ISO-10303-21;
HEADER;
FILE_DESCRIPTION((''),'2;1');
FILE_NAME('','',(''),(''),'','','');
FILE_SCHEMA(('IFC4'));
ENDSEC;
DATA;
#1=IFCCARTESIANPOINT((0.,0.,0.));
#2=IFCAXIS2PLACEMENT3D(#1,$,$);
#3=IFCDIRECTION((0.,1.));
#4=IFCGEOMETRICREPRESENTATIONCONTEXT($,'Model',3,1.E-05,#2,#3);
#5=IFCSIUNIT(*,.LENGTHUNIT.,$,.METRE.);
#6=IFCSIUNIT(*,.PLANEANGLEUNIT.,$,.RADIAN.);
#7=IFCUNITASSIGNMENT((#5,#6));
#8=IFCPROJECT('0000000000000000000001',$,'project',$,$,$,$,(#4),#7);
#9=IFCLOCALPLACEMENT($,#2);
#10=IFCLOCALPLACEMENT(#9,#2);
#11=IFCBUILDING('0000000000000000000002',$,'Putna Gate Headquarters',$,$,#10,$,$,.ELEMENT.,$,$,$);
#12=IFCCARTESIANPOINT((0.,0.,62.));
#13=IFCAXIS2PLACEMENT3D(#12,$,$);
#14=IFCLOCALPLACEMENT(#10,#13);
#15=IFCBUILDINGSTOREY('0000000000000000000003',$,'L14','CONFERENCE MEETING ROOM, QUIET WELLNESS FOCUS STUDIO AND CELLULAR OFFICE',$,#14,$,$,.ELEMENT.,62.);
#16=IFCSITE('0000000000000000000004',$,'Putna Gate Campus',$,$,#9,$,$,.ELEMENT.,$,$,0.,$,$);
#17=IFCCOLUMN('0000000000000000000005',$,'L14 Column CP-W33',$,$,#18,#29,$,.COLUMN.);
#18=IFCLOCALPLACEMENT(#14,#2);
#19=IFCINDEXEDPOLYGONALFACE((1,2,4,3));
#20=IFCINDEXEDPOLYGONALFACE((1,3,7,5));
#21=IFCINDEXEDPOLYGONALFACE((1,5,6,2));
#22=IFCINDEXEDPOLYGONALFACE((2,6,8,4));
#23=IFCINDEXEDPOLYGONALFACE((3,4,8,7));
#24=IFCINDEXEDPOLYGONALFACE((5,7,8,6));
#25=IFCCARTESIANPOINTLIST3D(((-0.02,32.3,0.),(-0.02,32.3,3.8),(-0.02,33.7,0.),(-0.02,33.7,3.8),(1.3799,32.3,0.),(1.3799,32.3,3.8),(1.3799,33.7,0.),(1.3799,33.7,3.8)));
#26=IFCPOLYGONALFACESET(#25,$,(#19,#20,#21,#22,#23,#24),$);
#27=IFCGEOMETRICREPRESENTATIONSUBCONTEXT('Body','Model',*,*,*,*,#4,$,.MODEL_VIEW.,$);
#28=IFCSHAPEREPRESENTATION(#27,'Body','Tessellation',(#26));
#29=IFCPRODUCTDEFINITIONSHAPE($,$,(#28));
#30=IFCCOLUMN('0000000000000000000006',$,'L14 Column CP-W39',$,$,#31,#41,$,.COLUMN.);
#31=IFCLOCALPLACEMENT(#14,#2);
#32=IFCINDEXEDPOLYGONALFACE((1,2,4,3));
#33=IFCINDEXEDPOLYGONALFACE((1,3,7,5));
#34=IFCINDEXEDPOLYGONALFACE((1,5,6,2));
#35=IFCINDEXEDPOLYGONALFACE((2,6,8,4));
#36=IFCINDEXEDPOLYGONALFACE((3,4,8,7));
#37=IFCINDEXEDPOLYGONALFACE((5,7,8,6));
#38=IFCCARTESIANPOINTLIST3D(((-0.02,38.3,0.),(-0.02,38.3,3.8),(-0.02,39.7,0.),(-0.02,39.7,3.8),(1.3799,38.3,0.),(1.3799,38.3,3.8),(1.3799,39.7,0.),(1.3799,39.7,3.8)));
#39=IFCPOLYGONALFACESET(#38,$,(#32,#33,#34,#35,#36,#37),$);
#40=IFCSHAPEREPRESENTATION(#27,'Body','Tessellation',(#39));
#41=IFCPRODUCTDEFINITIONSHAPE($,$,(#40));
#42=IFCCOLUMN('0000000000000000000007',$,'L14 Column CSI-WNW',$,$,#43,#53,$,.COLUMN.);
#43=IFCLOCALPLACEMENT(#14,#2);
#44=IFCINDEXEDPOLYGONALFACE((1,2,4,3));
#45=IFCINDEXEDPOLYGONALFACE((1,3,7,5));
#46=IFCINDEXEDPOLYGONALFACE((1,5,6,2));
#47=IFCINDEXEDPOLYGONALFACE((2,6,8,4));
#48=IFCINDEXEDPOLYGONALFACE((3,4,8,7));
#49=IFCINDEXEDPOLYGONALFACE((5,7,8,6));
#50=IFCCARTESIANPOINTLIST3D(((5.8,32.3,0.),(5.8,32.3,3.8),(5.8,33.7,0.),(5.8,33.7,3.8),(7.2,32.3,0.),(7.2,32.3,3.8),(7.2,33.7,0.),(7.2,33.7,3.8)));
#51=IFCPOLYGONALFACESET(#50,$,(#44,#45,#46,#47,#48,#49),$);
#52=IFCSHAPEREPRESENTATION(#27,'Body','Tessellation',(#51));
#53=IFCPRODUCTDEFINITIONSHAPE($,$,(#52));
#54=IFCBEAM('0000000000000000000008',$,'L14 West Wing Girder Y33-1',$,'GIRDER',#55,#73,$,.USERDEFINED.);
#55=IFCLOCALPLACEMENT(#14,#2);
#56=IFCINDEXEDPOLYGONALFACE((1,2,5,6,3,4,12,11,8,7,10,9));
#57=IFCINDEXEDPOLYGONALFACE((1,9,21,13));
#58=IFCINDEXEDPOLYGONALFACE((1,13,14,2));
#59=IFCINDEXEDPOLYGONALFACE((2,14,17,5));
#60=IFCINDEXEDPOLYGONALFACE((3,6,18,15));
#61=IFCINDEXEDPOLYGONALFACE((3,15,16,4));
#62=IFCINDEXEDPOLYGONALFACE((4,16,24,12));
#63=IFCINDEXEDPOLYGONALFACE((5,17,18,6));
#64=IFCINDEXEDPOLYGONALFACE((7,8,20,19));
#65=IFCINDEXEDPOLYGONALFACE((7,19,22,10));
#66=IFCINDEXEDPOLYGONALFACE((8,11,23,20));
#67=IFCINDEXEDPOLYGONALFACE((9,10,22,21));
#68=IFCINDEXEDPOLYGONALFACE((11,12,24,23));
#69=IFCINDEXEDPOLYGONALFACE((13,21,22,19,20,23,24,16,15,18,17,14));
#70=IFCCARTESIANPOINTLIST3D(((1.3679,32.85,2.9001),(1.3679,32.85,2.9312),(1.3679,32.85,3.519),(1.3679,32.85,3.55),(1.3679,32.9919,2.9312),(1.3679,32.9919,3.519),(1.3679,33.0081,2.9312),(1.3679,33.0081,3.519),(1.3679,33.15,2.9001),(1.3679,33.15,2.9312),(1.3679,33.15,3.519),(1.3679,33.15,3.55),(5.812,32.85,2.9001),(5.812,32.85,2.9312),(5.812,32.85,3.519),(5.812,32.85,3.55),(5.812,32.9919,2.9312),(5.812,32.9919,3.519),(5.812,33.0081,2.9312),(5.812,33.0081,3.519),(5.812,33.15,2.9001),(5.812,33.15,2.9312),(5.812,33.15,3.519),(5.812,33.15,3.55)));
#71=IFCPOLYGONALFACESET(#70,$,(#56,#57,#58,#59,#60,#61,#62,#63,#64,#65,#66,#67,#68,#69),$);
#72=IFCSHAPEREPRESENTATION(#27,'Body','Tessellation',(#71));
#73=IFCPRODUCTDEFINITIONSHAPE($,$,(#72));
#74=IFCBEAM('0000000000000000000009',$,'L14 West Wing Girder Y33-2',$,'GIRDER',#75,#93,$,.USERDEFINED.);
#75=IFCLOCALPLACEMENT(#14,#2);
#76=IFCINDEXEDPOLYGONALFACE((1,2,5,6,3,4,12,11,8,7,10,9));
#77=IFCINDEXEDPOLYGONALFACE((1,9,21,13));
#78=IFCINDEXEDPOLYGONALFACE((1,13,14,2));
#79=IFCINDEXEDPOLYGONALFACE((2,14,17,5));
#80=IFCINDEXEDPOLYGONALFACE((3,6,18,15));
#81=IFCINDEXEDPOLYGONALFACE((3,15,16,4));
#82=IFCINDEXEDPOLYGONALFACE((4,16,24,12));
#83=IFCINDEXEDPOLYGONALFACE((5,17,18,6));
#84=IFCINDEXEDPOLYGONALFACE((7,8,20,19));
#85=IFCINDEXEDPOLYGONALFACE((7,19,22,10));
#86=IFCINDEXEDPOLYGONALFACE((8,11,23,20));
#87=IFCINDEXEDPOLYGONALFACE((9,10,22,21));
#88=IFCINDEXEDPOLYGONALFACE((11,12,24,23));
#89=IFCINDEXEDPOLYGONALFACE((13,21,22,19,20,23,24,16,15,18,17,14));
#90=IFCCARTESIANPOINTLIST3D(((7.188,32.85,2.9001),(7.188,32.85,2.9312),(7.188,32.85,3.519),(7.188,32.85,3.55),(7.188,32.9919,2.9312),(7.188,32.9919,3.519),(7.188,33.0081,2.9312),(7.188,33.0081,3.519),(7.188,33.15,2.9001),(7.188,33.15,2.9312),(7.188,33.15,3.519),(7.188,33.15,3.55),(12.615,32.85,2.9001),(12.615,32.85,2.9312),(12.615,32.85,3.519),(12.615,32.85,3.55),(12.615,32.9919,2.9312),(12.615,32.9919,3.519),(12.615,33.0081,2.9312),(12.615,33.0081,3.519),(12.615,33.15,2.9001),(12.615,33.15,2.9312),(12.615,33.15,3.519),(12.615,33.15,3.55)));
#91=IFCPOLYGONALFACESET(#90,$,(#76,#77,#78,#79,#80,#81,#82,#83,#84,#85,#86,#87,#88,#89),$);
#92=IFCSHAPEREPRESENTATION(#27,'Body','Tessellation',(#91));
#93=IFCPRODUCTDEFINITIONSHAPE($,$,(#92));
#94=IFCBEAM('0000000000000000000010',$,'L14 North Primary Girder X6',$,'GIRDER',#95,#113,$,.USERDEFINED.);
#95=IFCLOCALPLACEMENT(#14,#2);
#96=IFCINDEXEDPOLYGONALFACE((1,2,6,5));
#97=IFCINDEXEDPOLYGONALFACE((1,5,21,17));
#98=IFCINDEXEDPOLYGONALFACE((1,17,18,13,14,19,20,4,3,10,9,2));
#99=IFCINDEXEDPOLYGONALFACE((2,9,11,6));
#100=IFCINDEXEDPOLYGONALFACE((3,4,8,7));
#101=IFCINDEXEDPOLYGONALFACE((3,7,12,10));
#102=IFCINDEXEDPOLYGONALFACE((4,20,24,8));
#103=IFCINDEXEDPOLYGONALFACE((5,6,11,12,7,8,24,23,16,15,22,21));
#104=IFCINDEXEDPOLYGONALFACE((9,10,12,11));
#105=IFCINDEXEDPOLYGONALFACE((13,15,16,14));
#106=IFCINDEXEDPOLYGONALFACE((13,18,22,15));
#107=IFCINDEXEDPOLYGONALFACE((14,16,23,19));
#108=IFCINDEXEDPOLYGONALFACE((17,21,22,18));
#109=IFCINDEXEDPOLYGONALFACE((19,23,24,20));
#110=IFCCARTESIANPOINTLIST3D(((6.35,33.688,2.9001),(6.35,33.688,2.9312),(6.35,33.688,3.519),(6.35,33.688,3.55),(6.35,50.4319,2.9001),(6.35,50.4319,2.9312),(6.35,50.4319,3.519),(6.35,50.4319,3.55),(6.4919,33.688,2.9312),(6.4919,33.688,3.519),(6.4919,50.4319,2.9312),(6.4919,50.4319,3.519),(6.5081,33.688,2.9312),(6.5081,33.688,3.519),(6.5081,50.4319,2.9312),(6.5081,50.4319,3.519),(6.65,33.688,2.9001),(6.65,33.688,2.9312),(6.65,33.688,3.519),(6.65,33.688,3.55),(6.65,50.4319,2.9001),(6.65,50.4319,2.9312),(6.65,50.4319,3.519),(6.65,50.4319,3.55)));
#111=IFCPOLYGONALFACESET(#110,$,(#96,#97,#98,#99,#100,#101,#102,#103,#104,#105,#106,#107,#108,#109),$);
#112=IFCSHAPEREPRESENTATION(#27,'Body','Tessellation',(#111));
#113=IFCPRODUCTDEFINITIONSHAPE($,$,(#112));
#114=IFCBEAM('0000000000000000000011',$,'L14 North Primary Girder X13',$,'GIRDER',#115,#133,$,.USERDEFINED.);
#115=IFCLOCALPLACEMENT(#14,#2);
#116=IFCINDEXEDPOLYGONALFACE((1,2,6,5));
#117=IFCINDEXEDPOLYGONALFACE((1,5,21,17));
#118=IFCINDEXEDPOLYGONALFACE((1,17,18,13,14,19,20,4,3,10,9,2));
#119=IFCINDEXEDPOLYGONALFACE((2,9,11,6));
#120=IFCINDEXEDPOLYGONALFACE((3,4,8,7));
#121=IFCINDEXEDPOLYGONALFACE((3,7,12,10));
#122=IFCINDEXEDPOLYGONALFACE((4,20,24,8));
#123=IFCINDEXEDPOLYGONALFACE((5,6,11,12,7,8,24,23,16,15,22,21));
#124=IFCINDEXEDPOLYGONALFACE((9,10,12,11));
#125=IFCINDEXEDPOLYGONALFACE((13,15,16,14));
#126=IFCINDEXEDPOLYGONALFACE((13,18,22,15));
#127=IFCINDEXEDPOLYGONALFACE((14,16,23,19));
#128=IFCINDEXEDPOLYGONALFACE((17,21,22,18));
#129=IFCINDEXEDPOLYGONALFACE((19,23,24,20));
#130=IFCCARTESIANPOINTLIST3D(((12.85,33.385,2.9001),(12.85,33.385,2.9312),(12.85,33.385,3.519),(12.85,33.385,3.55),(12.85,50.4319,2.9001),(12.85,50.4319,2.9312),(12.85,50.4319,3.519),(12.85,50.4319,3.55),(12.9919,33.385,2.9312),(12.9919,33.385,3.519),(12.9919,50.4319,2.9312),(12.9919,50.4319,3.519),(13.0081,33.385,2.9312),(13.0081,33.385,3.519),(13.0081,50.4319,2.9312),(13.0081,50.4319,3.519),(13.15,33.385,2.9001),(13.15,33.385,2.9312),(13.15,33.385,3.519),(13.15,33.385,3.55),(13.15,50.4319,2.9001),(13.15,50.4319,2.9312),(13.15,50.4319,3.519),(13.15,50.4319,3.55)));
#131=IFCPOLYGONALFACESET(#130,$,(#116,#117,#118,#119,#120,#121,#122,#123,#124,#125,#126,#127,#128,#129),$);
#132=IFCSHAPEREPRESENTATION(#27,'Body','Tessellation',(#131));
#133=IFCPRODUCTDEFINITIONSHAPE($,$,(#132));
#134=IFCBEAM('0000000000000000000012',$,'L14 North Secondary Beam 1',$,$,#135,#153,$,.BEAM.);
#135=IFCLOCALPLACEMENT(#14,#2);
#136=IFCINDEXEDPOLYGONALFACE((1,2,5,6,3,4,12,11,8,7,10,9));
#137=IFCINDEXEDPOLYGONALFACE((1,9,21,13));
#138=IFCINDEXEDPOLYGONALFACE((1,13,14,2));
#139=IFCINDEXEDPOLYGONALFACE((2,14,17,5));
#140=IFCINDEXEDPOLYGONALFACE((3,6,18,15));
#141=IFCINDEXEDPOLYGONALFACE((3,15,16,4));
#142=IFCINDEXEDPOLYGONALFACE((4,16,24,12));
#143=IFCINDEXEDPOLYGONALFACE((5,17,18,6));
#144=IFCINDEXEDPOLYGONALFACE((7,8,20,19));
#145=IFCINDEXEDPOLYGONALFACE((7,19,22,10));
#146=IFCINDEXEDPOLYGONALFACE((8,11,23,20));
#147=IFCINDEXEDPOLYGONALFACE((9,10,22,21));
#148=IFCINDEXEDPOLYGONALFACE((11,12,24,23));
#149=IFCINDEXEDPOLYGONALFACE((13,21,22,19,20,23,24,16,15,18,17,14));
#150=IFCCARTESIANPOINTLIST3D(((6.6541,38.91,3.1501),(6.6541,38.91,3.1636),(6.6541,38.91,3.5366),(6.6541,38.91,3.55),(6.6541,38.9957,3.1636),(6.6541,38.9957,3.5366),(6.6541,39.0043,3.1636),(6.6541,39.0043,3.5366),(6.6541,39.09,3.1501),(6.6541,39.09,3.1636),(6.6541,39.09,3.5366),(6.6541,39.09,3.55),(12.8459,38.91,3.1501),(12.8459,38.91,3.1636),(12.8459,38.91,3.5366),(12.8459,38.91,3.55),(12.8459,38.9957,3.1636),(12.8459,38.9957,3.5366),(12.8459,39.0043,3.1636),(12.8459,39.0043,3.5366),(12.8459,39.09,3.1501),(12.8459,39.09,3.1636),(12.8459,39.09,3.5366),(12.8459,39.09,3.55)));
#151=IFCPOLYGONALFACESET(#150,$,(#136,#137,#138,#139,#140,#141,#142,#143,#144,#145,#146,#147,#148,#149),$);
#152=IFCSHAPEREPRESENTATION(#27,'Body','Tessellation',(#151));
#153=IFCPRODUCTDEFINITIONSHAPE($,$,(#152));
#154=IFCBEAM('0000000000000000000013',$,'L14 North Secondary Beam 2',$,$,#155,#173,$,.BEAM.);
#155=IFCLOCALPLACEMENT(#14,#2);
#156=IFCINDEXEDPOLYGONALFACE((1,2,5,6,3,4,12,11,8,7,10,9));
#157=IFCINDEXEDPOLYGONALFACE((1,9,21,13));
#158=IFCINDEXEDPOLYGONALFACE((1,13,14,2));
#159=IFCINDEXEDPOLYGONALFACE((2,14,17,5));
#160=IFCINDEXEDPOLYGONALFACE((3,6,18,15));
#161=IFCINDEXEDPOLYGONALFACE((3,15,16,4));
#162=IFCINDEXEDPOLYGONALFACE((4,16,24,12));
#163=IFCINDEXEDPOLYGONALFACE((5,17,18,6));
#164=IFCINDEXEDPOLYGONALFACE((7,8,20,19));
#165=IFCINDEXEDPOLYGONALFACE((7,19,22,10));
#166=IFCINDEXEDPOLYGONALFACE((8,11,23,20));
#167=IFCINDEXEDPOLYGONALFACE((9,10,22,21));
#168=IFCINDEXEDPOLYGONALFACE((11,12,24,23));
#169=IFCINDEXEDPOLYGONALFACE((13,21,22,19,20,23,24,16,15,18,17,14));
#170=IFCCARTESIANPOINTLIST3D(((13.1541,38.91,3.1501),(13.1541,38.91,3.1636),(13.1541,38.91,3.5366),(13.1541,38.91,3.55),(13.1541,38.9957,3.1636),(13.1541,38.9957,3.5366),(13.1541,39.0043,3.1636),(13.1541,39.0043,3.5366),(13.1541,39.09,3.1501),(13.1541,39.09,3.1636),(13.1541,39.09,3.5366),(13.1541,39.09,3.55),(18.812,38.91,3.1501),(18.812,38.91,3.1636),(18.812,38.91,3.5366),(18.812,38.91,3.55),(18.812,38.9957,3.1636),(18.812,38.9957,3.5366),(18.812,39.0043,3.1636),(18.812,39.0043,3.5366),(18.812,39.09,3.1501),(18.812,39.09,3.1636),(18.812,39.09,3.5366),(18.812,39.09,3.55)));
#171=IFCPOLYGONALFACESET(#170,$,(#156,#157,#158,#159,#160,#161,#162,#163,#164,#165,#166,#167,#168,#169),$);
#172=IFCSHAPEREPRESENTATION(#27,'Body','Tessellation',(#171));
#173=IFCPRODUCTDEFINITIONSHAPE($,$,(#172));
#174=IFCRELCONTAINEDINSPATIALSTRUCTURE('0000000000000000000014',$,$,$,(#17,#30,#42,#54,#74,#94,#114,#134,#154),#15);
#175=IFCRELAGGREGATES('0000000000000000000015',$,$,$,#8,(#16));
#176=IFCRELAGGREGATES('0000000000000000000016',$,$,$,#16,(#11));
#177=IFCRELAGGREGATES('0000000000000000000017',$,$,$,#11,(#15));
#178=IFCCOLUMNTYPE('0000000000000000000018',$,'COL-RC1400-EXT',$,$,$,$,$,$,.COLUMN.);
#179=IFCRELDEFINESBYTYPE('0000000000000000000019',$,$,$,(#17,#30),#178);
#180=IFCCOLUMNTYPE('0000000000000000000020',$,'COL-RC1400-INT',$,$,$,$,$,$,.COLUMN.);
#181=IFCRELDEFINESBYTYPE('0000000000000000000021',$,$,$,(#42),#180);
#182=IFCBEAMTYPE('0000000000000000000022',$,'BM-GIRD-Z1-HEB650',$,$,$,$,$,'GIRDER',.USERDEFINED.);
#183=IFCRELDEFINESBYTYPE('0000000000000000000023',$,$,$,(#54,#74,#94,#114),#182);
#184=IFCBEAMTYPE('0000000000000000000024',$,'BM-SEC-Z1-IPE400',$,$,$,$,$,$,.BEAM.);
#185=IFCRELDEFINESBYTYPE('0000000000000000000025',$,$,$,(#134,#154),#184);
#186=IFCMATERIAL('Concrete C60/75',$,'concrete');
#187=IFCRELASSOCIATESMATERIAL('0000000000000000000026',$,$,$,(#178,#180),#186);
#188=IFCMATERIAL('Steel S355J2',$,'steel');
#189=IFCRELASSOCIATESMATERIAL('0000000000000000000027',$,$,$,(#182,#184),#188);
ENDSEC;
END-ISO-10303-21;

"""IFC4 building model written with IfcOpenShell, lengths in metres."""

from ifc_helpers import new_model, si_unit, direction, frame, origin, origin_2d, place, context, subcontext, project, spatial, rectangle, i_section, extrude, material, material_profile, profile_set, type_object, element, save


model = new_model("IFC4")

# Units and contexts
model_context = context("Model", 3, precision=1e-05, world=origin(), true_north=direction((0.0, 1.0)))
body_context = subcontext(model_context, "Body", "Model", "MODEL_VIEW")
ifc_project = project(units=[si_unit("LENGTHUNIT", "METRE"), si_unit("PLANEANGLEUNIT", "RADIAN")], contexts=[model_context])

# Site, building, storey
site_placement = place(None, origin())
site = spatial("IfcSite", under=ifc_project, at=site_placement, Name="Putna Gate Campus", CompositionType="ELEMENT", RefElevation=0.0)
building_placement = place(site_placement, origin())
building = spatial("IfcBuilding", under=site, at=building_placement, Name="Putna Gate Headquarters", CompositionType="ELEMENT")
storey_placement = place(building_placement, frame((0.0, 0.0, 62.0)))
storey = spatial("IfcBuildingStorey", under=building, at=storey_placement, Name="L14", Description="CONFERENCE MEETING ROOM, QUIET WELLNESS FOCUS STUDIO AND CELLULAR OFFICE", CompositionType="ELEMENT", Elevation=62.0)

# Columns
ifc_material_1 = material(Name="Concrete C60/75", Category="concrete")
ifc_material_profile_1 = material_profile(ifc_material_1, rectangle(XDim=1.3999, YDim=1.3999, at=origin_2d()), Name="Concrete C60/75")
ifc_profile_set_1 = profile_set([ifc_material_profile_1], Name="Concrete C60/75")
column_type_1 = type_object("IfcColumnType", Name="COL-RC1400-EXT", PredefinedType="COLUMN", material=ifc_profile_set_1)
for number, where, z_axis, x_axis, name in (
    (1, (0.6799, 33.0, 0.0), (0.0, 0.0, 1.0), (1.0, 0.0, 0.0), "L14 Column CP-W33"),
    (2, (0.6799, 39.0, 0.0), (0.0, 0.0, 1.0), (1.0, 0.0, 0.0), "L14 Column CP-W39"),
):
    element("IfcColumn", number, at=place(storey_placement, frame(where, z_axis=z_axis, x_axis=x_axis)), inside=storey, type_object=column_type_1, Name=name, PredefinedType="COLUMN", context=body_context, shape_type="SweptSolid", body=[
        extrude(rectangle(XDim=1.3999, YDim=1.3999, at=origin_2d()), origin(), (0.0, 0.0, 1.0), 3.8),
    ])
ifc_material_profile_2 = material_profile(ifc_material_1, rectangle(XDim=1.3999, YDim=1.3999, at=origin_2d()), Name="Concrete C60/75")
ifc_profile_set_2 = profile_set([ifc_material_profile_2], Name="Concrete C60/75")
column_type_2 = type_object("IfcColumnType", Name="COL-RC1400-INT", PredefinedType="COLUMN", material=ifc_profile_set_2)
column_placement = place(storey_placement, frame((6.5, 33.0, 0.0), z_axis=(0.0, 0.0, 1.0), x_axis=(1.0, 0.0, 0.0)))
element("IfcColumn", 3, at=column_placement, inside=storey, type_object=column_type_2, Name="L14 Column CSI-WNW", PredefinedType="COLUMN", context=body_context, shape_type="SweptSolid", body=[
    extrude(rectangle(XDim=1.3999, YDim=1.3999, at=origin_2d()), origin(), (0.0, 0.0, 1.0), 3.8),
])

# Beams
ifc_material_2 = material(Name="Steel S355J2", Category="steel")
ifc_material_profile_3 = material_profile(ifc_material_2, i_section(OverallWidth=0.3, OverallDepth=0.6499, WebThickness=0.0161, FlangeThickness=0.031, at=origin_2d()), Name="Steel S355J2")
ifc_profile_set_3 = profile_set([ifc_material_profile_3], Name="Steel S355J2")
beam_type_1 = type_object("IfcBeamType", Name="BM-GIRD-Z1-HEB650", ElementType="GIRDER", PredefinedType="USERDEFINED", material=ifc_profile_set_3)
beam_1_placement = place(storey_placement, frame((1.3679, 33.0, 3.2251), z_axis=(1.0, 0.0, 0.0), x_axis=(0.0, 1.0, 0.0)))
element("IfcBeam", 4, at=beam_1_placement, inside=storey, type_object=beam_type_1, Name="L14 West Wing Girder Y33-1", ObjectType="GIRDER", PredefinedType="USERDEFINED", context=body_context, shape_type="SweptSolid", body=[
    extrude(i_section(OverallWidth=0.3, OverallDepth=0.6499, WebThickness=0.0161, FlangeThickness=0.031, at=origin_2d()), origin(), (0.0, 0.0, 1.0), 4.4441),
])
beam_2_placement = place(storey_placement, frame((7.188, 33.0, 3.2251), z_axis=(1.0, 0.0, 0.0), x_axis=(0.0, 1.0, 0.0)))
element("IfcBeam", 5, at=beam_2_placement, inside=storey, type_object=beam_type_1, Name="L14 West Wing Girder Y33-2", ObjectType="GIRDER", PredefinedType="USERDEFINED", context=body_context, shape_type="SweptSolid", body=[
    extrude(i_section(OverallWidth=0.3, OverallDepth=0.6499, WebThickness=0.0161, FlangeThickness=0.031, at=origin_2d()), origin(), (0.0, 0.0, 1.0), 5.427),
])
beam_3_placement = place(storey_placement, frame((6.5, 33.688, 3.2251), z_axis=(0.0, 1.0, 0.0), x_axis=(-1.0, 0.0, 0.0)))
element("IfcBeam", 6, at=beam_3_placement, inside=storey, type_object=beam_type_1, Name="L14 North Primary Girder X6", ObjectType="GIRDER", PredefinedType="USERDEFINED", context=body_context, shape_type="SweptSolid", body=[
    extrude(i_section(OverallWidth=0.3, OverallDepth=0.6499, WebThickness=0.0161, FlangeThickness=0.031, at=origin_2d()), origin(), (0.0, 0.0, 1.0), 16.7439),
])
beam_4_placement = place(storey_placement, frame((13.0, 33.385, 3.2251), z_axis=(0.0, 1.0, 0.0), x_axis=(-1.0, 0.0, 0.0)))
element("IfcBeam", 7, at=beam_4_placement, inside=storey, type_object=beam_type_1, Name="L14 North Primary Girder X13", ObjectType="GIRDER", PredefinedType="USERDEFINED", context=body_context, shape_type="SweptSolid", body=[
    extrude(i_section(OverallWidth=0.3, OverallDepth=0.6499, WebThickness=0.0161, FlangeThickness=0.031, at=origin_2d()), origin(), (0.0, 0.0, 1.0), 17.0469),
])
ifc_material_profile_4 = material_profile(ifc_material_2, i_section(OverallWidth=0.1799, OverallDepth=0.3999, WebThickness=0.0085, FlangeThickness=0.0134, at=origin_2d()), Name="Steel S355J2")
ifc_profile_set_4 = profile_set([ifc_material_profile_4], Name="Steel S355J2")
beam_type_2 = type_object("IfcBeamType", Name="BM-SEC-Z1-IPE400", PredefinedType="BEAM", material=ifc_profile_set_4)
beam_5_placement = place(storey_placement, frame((6.6541, 39.0, 3.3501), z_axis=(1.0, 0.0, 0.0), x_axis=(0.0, 1.0, 0.0)))
element("IfcBeam", 8, at=beam_5_placement, inside=storey, type_object=beam_type_2, Name="L14 North Secondary Beam 1", PredefinedType="BEAM", context=body_context, shape_type="SweptSolid", body=[
    extrude(i_section(OverallWidth=0.1799, OverallDepth=0.3999, WebThickness=0.0085, FlangeThickness=0.0134, at=origin_2d()), origin(), (0.0, 0.0, 1.0), 6.1919),
])
beam_6_placement = place(storey_placement, frame((13.1541, 39.0, 3.3501), z_axis=(1.0, 0.0, 0.0), x_axis=(0.0, 1.0, 0.0)))
element("IfcBeam", 9, at=beam_6_placement, inside=storey, type_object=beam_type_2, Name="L14 North Secondary Beam 2", PredefinedType="BEAM", context=body_context, shape_type="SweptSolid", body=[
    extrude(i_section(OverallWidth=0.1799, OverallDepth=0.3999, WebThickness=0.0085, FlangeThickness=0.0134, at=origin_2d()), origin(), (0.0, 0.0, 1.0), 5.658),
])

save(model, "model.ifc")
